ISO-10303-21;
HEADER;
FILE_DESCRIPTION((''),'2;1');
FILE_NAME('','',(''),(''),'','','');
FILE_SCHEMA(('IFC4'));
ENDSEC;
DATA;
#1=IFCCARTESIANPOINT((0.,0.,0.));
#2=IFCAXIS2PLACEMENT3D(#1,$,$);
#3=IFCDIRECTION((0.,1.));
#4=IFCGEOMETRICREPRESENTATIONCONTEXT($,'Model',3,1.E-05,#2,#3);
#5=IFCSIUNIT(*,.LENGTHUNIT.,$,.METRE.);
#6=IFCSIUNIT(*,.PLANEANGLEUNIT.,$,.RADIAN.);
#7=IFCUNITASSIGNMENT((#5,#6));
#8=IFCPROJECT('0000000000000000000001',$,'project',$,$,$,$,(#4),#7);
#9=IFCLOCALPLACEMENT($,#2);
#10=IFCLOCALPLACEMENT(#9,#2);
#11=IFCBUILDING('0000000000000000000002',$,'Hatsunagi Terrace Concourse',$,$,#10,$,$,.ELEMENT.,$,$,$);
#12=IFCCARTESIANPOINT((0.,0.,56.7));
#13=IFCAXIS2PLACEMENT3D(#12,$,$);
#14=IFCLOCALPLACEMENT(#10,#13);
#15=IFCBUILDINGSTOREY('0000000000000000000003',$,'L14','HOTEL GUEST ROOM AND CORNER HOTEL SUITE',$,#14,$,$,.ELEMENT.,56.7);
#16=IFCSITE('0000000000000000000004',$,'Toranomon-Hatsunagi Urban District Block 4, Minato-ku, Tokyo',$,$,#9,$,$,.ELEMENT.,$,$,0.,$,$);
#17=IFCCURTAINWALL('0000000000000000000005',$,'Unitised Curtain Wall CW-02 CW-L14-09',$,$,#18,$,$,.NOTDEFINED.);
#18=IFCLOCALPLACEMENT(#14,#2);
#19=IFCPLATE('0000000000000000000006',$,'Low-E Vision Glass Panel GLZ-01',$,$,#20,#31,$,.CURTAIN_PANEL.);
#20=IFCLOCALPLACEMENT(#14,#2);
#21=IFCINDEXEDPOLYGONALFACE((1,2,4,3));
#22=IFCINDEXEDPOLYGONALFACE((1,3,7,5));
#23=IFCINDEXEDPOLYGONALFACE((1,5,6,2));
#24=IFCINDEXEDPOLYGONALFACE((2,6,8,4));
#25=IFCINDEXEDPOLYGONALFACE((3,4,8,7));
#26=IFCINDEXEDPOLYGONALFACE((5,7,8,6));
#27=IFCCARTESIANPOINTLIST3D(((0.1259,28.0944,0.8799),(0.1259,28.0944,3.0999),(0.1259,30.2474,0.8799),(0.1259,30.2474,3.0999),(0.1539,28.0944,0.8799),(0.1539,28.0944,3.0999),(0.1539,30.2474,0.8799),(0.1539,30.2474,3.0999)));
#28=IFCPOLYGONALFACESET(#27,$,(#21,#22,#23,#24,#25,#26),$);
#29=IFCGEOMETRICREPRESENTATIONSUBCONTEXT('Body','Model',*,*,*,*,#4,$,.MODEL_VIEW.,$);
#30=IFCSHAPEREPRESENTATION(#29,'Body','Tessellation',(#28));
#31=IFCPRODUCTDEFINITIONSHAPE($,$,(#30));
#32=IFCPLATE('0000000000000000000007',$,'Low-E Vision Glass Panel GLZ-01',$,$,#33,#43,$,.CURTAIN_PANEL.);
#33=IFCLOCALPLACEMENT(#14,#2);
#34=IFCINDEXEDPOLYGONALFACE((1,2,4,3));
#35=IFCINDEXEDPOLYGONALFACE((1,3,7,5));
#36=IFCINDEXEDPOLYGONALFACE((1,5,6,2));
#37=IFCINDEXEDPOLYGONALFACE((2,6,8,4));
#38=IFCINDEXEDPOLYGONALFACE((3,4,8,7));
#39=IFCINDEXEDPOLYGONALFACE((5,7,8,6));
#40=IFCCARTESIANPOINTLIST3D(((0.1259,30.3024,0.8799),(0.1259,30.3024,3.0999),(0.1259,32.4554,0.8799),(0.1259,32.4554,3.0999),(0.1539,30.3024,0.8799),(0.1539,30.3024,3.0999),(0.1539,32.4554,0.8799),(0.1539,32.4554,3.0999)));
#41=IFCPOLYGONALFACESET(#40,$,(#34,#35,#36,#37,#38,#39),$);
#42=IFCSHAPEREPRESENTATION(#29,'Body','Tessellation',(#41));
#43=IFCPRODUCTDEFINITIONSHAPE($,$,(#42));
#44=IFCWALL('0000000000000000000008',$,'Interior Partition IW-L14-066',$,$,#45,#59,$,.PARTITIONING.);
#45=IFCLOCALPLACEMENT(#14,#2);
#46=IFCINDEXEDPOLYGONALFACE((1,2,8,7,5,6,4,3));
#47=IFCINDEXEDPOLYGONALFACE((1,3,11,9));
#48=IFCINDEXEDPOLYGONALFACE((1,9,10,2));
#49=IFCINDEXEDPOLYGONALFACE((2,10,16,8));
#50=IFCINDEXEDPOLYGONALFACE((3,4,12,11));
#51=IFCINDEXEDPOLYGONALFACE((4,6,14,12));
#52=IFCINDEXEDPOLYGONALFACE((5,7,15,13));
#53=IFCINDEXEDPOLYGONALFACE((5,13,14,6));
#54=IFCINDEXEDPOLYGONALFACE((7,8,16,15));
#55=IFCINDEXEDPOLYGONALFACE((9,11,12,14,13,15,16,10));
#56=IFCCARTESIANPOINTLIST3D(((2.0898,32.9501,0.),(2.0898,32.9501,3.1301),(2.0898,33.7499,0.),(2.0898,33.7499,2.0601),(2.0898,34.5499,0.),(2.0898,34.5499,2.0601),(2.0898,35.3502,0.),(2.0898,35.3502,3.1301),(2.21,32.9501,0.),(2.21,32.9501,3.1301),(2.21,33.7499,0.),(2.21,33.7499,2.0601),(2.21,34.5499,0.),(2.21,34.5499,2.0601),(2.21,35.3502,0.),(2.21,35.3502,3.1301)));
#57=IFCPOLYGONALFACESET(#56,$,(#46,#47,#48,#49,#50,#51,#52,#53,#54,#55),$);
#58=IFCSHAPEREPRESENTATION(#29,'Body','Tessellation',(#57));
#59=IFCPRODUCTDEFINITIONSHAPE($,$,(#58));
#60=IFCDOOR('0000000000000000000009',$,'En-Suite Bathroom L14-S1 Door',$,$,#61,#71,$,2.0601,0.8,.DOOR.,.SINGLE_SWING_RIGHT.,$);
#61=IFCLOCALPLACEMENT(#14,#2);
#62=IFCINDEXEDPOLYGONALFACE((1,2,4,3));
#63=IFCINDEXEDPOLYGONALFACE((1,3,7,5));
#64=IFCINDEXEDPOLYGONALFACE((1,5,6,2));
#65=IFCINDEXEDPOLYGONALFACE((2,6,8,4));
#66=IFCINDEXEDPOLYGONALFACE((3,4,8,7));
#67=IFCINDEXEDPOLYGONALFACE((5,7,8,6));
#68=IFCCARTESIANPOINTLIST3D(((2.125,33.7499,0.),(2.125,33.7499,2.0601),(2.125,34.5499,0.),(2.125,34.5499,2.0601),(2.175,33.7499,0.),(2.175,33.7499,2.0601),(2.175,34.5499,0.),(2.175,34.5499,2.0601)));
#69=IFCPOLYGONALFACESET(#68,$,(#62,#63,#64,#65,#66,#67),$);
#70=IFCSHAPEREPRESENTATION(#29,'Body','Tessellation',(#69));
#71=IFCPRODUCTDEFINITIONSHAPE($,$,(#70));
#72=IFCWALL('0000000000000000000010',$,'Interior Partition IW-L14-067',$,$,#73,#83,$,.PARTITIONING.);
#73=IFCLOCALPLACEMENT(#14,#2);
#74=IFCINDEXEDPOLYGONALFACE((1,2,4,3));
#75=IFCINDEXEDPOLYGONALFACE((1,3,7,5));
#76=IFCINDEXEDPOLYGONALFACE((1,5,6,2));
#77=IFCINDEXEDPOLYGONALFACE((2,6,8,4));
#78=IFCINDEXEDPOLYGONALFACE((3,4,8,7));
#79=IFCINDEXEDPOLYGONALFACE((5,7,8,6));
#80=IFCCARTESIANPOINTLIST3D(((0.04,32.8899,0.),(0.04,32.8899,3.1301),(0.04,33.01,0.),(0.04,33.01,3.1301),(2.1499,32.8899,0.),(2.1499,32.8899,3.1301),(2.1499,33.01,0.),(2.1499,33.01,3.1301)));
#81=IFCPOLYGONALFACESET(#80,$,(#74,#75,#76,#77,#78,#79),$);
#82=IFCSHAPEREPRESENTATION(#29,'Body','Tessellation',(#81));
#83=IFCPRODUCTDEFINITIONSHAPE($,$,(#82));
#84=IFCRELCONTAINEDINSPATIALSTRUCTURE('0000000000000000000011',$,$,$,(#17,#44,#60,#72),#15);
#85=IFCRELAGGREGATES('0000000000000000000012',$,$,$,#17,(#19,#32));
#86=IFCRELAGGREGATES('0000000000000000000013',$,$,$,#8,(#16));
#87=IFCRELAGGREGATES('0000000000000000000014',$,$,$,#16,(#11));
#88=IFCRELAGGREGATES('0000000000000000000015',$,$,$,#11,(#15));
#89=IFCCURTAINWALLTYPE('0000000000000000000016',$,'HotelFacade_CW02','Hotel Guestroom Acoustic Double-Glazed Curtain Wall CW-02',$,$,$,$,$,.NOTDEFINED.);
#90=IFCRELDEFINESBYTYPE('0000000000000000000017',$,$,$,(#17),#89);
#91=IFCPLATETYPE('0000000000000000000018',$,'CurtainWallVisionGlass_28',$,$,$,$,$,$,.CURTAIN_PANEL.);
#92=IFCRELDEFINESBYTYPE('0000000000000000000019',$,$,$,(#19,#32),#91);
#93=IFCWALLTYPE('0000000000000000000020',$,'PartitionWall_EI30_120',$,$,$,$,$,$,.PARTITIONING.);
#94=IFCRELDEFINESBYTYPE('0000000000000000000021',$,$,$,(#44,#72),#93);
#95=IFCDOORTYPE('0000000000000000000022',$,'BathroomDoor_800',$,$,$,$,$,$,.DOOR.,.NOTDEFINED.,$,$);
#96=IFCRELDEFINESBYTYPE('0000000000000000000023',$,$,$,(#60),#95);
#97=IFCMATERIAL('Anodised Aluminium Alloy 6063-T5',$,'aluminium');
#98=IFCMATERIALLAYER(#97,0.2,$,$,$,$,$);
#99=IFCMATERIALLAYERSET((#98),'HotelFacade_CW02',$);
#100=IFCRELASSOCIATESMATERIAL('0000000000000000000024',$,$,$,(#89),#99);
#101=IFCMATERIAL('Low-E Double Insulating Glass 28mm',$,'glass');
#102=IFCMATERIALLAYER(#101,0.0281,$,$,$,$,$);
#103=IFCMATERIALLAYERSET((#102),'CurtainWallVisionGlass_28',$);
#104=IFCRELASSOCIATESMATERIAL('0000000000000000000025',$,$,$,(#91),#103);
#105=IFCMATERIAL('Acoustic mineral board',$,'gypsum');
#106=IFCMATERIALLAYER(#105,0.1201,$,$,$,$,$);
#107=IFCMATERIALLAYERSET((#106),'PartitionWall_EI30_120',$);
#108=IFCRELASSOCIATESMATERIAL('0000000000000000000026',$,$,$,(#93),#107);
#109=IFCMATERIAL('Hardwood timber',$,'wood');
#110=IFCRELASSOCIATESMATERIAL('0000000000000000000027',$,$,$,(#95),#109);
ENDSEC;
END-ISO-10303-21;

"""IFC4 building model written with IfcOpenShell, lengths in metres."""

from ifc_helpers import new_model, si_unit, direction, frame, frame_2d, origin, origin_2d, place, context, subcontext, project, spatial, rectangle, extrude, material, layer, layer_set, type_object, element, fill, aggregate, save


model = new_model("IFC4")

# Units and contexts
model_context = context("Model", 3, precision=1e-05, world=origin(), true_north=direction((0.0, 1.0)))
body_context = subcontext(model_context, "Body", "Model", "MODEL_VIEW")
ifc_project = project(units=[si_unit("LENGTHUNIT", "METRE"), si_unit("PLANEANGLEUNIT", "RADIAN")], contexts=[model_context])

# Site, building, storey
site_placement = place(None, origin())
site = spatial("IfcSite", under=ifc_project, at=site_placement, Name="Toranomon-Hatsunagi Urban District Block 4, Minato-ku, Tokyo", CompositionType="ELEMENT", RefElevation=0.0)
building_placement = place(site_placement, origin())
building = spatial("IfcBuilding", under=site, at=building_placement, Name="Hatsunagi Terrace Concourse", CompositionType="ELEMENT")
storey_placement = place(building_placement, frame((0.0, 0.0, 56.7)))
storey = spatial("IfcBuildingStorey", under=building, at=storey_placement, Name="L14", Description="HOTEL GUEST ROOM AND CORNER HOTEL SUITE", CompositionType="ELEMENT", Elevation=56.7)

# Curtain wall
ifc_material_1 = material(Name="Anodised Aluminium Alloy 6063-T5", Category="aluminium")
ifc_layer_1 = layer(ifc_material_1, 0.2)
ifc_layer_set_1 = layer_set([ifc_layer_1], Name="HotelFacade_CW02")
curtain_wall_type = type_object("IfcCurtainWallType", Name="HotelFacade_CW02", Description="Hotel Guestroom Acoustic Double-Glazed Curtain Wall CW-02", PredefinedType="NOTDEFINED", material=ifc_layer_set_1)
curtain_wall_placement = place(storey_placement, origin())
curtain_wall = element("IfcCurtainWall", 1, at=curtain_wall_placement, inside=storey, type_object=curtain_wall_type, Name="Unitised Curtain Wall CW-02 CW-L14-09", PredefinedType="NOTDEFINED")

# Plates
ifc_material_2 = material(Name="Low-E Double Insulating Glass 28mm", Category="glass")
ifc_layer_2 = layer(ifc_material_2, 0.0281)
ifc_layer_set_2 = layer_set([ifc_layer_2], Name="CurtainWallVisionGlass_28")
plate_type_1 = type_object("IfcPlateType", Name="CurtainWallVisionGlass_28", PredefinedType="CURTAIN_PANEL", material=ifc_layer_set_2)
plate_1_placement = place(storey_placement, frame((0.1399, 29.1709, 0.8799), z_axis=(0.0, 0.0, 1.0), x_axis=(0.0, 1.0, 0.0)))
plate_1 = element("IfcPlate", 2, at=plate_1_placement, type_object=plate_type_1, Name="Low-E Vision Glass Panel GLZ-01", PredefinedType="CURTAIN_PANEL", context=body_context, shape_type="SweptSolid", body=[
    extrude(rectangle(XDim=2.1531, YDim=0.0281, at=origin_2d()), origin(), (0.0, 0.0, 1.0), 2.22),
])
plate_2_placement = place(storey_placement, frame((0.1399, 31.3789, 0.8799), z_axis=(0.0, 0.0, 1.0), x_axis=(0.0, 1.0, 0.0)))
plate_2 = element("IfcPlate", 3, at=plate_2_placement, type_object=plate_type_1, Name="Low-E Vision Glass Panel GLZ-01", PredefinedType="CURTAIN_PANEL", context=body_context, shape_type="SweptSolid", body=[
    extrude(rectangle(XDim=2.1531, YDim=0.0281, at=origin_2d()), origin(), (0.0, 0.0, 1.0), 2.22),
])
aggregate(curtain_wall, [plate_1, plate_2])

# Wall, opening, door
ifc_material_3 = material(Name="Acoustic mineral board", Category="gypsum")
ifc_layer_3 = layer(ifc_material_3, 0.1201)
ifc_layer_set_3 = layer_set([ifc_layer_3], Name="PartitionWall_EI30_120")
wall_type = type_object("IfcWallType", Name="PartitionWall_EI30_120", PredefinedType="PARTITIONING", material=ifc_layer_set_3)
wall_1_placement = place(storey_placement, frame((2.1499, 32.95, 0.0), z_axis=(0.0, 0.0, 1.0), x_axis=(0.0, 1.0, 0.0)))
wall_1 = element("IfcWall", 4, at=wall_1_placement, inside=storey, type_object=wall_type, Name="Interior Partition IW-L14-066", PredefinedType="PARTITIONING", context=body_context, shape_type="SweptSolid", body=[
    extrude(rectangle(XDim=2.4001, YDim=0.1201, at=frame_2d((1.2002, 0.0))), origin(), (0.0, 0.0, 1.0), 3.1301),
])
opening_placement = place(wall_1_placement, frame((0.8, 0.0, 0.0)))
opening = element("IfcOpeningElement", 5, at=opening_placement, cuts=wall_1, PredefinedType="OPENING", context=body_context, shape_type="SweptSolid", body=[
    extrude(rectangle(XDim=0.8, YDim=2.0601, at=frame_2d((0.3999, 1.03))), frame((0.0, 0.0701, 0.0), z_axis=(0.0, -1.0, 0.0), x_axis=(1.0, 0.0, 0.0)), (0.0, 0.0, 1.0), 0.1401),
])
ifc_material_4 = material(Name="Hardwood timber", Category="wood")
door_type = type_object("IfcDoorType", Name="BathroomDoor_800", OperationType="NOTDEFINED", PredefinedType="DOOR", material=ifc_material_4)
door_placement = place(opening_placement, origin())
door = element("IfcDoor", 6, at=door_placement, inside=storey, type_object=door_type, Name="En-Suite Bathroom L14-S1 Door", OperationType="SINGLE_SWING_RIGHT", OverallHeight=2.0601, OverallWidth=0.8, PredefinedType="DOOR", context=body_context, shape_type="SweptSolid", body=[
    extrude(rectangle(XDim=0.8, YDim=2.0601, at=frame_2d((0.3999, 1.03))), frame((0.0, 0.0249, 0.0), z_axis=(0.0, -1.0, 0.0), x_axis=(1.0, 0.0, 0.0)), (0.0, 0.0, 1.0), 0.05),
])
fill(opening, door)

# Wall
wall_2_placement = place(storey_placement, frame((0.04, 32.95, 0.0), z_axis=(0.0, 0.0, 1.0), x_axis=(1.0, 0.0, 0.0)))
element("IfcWall", 7, at=wall_2_placement, inside=storey, type_object=wall_type, Name="Interior Partition IW-L14-067", PredefinedType="PARTITIONING", context=body_context, shape_type="SweptSolid", body=[
    extrude(rectangle(XDim=2.1099, YDim=0.1201, at=frame_2d((1.0549, 0.0))), origin(), (0.0, 0.0, 1.0), 3.1301),
])

save(model, "model.ifc")
